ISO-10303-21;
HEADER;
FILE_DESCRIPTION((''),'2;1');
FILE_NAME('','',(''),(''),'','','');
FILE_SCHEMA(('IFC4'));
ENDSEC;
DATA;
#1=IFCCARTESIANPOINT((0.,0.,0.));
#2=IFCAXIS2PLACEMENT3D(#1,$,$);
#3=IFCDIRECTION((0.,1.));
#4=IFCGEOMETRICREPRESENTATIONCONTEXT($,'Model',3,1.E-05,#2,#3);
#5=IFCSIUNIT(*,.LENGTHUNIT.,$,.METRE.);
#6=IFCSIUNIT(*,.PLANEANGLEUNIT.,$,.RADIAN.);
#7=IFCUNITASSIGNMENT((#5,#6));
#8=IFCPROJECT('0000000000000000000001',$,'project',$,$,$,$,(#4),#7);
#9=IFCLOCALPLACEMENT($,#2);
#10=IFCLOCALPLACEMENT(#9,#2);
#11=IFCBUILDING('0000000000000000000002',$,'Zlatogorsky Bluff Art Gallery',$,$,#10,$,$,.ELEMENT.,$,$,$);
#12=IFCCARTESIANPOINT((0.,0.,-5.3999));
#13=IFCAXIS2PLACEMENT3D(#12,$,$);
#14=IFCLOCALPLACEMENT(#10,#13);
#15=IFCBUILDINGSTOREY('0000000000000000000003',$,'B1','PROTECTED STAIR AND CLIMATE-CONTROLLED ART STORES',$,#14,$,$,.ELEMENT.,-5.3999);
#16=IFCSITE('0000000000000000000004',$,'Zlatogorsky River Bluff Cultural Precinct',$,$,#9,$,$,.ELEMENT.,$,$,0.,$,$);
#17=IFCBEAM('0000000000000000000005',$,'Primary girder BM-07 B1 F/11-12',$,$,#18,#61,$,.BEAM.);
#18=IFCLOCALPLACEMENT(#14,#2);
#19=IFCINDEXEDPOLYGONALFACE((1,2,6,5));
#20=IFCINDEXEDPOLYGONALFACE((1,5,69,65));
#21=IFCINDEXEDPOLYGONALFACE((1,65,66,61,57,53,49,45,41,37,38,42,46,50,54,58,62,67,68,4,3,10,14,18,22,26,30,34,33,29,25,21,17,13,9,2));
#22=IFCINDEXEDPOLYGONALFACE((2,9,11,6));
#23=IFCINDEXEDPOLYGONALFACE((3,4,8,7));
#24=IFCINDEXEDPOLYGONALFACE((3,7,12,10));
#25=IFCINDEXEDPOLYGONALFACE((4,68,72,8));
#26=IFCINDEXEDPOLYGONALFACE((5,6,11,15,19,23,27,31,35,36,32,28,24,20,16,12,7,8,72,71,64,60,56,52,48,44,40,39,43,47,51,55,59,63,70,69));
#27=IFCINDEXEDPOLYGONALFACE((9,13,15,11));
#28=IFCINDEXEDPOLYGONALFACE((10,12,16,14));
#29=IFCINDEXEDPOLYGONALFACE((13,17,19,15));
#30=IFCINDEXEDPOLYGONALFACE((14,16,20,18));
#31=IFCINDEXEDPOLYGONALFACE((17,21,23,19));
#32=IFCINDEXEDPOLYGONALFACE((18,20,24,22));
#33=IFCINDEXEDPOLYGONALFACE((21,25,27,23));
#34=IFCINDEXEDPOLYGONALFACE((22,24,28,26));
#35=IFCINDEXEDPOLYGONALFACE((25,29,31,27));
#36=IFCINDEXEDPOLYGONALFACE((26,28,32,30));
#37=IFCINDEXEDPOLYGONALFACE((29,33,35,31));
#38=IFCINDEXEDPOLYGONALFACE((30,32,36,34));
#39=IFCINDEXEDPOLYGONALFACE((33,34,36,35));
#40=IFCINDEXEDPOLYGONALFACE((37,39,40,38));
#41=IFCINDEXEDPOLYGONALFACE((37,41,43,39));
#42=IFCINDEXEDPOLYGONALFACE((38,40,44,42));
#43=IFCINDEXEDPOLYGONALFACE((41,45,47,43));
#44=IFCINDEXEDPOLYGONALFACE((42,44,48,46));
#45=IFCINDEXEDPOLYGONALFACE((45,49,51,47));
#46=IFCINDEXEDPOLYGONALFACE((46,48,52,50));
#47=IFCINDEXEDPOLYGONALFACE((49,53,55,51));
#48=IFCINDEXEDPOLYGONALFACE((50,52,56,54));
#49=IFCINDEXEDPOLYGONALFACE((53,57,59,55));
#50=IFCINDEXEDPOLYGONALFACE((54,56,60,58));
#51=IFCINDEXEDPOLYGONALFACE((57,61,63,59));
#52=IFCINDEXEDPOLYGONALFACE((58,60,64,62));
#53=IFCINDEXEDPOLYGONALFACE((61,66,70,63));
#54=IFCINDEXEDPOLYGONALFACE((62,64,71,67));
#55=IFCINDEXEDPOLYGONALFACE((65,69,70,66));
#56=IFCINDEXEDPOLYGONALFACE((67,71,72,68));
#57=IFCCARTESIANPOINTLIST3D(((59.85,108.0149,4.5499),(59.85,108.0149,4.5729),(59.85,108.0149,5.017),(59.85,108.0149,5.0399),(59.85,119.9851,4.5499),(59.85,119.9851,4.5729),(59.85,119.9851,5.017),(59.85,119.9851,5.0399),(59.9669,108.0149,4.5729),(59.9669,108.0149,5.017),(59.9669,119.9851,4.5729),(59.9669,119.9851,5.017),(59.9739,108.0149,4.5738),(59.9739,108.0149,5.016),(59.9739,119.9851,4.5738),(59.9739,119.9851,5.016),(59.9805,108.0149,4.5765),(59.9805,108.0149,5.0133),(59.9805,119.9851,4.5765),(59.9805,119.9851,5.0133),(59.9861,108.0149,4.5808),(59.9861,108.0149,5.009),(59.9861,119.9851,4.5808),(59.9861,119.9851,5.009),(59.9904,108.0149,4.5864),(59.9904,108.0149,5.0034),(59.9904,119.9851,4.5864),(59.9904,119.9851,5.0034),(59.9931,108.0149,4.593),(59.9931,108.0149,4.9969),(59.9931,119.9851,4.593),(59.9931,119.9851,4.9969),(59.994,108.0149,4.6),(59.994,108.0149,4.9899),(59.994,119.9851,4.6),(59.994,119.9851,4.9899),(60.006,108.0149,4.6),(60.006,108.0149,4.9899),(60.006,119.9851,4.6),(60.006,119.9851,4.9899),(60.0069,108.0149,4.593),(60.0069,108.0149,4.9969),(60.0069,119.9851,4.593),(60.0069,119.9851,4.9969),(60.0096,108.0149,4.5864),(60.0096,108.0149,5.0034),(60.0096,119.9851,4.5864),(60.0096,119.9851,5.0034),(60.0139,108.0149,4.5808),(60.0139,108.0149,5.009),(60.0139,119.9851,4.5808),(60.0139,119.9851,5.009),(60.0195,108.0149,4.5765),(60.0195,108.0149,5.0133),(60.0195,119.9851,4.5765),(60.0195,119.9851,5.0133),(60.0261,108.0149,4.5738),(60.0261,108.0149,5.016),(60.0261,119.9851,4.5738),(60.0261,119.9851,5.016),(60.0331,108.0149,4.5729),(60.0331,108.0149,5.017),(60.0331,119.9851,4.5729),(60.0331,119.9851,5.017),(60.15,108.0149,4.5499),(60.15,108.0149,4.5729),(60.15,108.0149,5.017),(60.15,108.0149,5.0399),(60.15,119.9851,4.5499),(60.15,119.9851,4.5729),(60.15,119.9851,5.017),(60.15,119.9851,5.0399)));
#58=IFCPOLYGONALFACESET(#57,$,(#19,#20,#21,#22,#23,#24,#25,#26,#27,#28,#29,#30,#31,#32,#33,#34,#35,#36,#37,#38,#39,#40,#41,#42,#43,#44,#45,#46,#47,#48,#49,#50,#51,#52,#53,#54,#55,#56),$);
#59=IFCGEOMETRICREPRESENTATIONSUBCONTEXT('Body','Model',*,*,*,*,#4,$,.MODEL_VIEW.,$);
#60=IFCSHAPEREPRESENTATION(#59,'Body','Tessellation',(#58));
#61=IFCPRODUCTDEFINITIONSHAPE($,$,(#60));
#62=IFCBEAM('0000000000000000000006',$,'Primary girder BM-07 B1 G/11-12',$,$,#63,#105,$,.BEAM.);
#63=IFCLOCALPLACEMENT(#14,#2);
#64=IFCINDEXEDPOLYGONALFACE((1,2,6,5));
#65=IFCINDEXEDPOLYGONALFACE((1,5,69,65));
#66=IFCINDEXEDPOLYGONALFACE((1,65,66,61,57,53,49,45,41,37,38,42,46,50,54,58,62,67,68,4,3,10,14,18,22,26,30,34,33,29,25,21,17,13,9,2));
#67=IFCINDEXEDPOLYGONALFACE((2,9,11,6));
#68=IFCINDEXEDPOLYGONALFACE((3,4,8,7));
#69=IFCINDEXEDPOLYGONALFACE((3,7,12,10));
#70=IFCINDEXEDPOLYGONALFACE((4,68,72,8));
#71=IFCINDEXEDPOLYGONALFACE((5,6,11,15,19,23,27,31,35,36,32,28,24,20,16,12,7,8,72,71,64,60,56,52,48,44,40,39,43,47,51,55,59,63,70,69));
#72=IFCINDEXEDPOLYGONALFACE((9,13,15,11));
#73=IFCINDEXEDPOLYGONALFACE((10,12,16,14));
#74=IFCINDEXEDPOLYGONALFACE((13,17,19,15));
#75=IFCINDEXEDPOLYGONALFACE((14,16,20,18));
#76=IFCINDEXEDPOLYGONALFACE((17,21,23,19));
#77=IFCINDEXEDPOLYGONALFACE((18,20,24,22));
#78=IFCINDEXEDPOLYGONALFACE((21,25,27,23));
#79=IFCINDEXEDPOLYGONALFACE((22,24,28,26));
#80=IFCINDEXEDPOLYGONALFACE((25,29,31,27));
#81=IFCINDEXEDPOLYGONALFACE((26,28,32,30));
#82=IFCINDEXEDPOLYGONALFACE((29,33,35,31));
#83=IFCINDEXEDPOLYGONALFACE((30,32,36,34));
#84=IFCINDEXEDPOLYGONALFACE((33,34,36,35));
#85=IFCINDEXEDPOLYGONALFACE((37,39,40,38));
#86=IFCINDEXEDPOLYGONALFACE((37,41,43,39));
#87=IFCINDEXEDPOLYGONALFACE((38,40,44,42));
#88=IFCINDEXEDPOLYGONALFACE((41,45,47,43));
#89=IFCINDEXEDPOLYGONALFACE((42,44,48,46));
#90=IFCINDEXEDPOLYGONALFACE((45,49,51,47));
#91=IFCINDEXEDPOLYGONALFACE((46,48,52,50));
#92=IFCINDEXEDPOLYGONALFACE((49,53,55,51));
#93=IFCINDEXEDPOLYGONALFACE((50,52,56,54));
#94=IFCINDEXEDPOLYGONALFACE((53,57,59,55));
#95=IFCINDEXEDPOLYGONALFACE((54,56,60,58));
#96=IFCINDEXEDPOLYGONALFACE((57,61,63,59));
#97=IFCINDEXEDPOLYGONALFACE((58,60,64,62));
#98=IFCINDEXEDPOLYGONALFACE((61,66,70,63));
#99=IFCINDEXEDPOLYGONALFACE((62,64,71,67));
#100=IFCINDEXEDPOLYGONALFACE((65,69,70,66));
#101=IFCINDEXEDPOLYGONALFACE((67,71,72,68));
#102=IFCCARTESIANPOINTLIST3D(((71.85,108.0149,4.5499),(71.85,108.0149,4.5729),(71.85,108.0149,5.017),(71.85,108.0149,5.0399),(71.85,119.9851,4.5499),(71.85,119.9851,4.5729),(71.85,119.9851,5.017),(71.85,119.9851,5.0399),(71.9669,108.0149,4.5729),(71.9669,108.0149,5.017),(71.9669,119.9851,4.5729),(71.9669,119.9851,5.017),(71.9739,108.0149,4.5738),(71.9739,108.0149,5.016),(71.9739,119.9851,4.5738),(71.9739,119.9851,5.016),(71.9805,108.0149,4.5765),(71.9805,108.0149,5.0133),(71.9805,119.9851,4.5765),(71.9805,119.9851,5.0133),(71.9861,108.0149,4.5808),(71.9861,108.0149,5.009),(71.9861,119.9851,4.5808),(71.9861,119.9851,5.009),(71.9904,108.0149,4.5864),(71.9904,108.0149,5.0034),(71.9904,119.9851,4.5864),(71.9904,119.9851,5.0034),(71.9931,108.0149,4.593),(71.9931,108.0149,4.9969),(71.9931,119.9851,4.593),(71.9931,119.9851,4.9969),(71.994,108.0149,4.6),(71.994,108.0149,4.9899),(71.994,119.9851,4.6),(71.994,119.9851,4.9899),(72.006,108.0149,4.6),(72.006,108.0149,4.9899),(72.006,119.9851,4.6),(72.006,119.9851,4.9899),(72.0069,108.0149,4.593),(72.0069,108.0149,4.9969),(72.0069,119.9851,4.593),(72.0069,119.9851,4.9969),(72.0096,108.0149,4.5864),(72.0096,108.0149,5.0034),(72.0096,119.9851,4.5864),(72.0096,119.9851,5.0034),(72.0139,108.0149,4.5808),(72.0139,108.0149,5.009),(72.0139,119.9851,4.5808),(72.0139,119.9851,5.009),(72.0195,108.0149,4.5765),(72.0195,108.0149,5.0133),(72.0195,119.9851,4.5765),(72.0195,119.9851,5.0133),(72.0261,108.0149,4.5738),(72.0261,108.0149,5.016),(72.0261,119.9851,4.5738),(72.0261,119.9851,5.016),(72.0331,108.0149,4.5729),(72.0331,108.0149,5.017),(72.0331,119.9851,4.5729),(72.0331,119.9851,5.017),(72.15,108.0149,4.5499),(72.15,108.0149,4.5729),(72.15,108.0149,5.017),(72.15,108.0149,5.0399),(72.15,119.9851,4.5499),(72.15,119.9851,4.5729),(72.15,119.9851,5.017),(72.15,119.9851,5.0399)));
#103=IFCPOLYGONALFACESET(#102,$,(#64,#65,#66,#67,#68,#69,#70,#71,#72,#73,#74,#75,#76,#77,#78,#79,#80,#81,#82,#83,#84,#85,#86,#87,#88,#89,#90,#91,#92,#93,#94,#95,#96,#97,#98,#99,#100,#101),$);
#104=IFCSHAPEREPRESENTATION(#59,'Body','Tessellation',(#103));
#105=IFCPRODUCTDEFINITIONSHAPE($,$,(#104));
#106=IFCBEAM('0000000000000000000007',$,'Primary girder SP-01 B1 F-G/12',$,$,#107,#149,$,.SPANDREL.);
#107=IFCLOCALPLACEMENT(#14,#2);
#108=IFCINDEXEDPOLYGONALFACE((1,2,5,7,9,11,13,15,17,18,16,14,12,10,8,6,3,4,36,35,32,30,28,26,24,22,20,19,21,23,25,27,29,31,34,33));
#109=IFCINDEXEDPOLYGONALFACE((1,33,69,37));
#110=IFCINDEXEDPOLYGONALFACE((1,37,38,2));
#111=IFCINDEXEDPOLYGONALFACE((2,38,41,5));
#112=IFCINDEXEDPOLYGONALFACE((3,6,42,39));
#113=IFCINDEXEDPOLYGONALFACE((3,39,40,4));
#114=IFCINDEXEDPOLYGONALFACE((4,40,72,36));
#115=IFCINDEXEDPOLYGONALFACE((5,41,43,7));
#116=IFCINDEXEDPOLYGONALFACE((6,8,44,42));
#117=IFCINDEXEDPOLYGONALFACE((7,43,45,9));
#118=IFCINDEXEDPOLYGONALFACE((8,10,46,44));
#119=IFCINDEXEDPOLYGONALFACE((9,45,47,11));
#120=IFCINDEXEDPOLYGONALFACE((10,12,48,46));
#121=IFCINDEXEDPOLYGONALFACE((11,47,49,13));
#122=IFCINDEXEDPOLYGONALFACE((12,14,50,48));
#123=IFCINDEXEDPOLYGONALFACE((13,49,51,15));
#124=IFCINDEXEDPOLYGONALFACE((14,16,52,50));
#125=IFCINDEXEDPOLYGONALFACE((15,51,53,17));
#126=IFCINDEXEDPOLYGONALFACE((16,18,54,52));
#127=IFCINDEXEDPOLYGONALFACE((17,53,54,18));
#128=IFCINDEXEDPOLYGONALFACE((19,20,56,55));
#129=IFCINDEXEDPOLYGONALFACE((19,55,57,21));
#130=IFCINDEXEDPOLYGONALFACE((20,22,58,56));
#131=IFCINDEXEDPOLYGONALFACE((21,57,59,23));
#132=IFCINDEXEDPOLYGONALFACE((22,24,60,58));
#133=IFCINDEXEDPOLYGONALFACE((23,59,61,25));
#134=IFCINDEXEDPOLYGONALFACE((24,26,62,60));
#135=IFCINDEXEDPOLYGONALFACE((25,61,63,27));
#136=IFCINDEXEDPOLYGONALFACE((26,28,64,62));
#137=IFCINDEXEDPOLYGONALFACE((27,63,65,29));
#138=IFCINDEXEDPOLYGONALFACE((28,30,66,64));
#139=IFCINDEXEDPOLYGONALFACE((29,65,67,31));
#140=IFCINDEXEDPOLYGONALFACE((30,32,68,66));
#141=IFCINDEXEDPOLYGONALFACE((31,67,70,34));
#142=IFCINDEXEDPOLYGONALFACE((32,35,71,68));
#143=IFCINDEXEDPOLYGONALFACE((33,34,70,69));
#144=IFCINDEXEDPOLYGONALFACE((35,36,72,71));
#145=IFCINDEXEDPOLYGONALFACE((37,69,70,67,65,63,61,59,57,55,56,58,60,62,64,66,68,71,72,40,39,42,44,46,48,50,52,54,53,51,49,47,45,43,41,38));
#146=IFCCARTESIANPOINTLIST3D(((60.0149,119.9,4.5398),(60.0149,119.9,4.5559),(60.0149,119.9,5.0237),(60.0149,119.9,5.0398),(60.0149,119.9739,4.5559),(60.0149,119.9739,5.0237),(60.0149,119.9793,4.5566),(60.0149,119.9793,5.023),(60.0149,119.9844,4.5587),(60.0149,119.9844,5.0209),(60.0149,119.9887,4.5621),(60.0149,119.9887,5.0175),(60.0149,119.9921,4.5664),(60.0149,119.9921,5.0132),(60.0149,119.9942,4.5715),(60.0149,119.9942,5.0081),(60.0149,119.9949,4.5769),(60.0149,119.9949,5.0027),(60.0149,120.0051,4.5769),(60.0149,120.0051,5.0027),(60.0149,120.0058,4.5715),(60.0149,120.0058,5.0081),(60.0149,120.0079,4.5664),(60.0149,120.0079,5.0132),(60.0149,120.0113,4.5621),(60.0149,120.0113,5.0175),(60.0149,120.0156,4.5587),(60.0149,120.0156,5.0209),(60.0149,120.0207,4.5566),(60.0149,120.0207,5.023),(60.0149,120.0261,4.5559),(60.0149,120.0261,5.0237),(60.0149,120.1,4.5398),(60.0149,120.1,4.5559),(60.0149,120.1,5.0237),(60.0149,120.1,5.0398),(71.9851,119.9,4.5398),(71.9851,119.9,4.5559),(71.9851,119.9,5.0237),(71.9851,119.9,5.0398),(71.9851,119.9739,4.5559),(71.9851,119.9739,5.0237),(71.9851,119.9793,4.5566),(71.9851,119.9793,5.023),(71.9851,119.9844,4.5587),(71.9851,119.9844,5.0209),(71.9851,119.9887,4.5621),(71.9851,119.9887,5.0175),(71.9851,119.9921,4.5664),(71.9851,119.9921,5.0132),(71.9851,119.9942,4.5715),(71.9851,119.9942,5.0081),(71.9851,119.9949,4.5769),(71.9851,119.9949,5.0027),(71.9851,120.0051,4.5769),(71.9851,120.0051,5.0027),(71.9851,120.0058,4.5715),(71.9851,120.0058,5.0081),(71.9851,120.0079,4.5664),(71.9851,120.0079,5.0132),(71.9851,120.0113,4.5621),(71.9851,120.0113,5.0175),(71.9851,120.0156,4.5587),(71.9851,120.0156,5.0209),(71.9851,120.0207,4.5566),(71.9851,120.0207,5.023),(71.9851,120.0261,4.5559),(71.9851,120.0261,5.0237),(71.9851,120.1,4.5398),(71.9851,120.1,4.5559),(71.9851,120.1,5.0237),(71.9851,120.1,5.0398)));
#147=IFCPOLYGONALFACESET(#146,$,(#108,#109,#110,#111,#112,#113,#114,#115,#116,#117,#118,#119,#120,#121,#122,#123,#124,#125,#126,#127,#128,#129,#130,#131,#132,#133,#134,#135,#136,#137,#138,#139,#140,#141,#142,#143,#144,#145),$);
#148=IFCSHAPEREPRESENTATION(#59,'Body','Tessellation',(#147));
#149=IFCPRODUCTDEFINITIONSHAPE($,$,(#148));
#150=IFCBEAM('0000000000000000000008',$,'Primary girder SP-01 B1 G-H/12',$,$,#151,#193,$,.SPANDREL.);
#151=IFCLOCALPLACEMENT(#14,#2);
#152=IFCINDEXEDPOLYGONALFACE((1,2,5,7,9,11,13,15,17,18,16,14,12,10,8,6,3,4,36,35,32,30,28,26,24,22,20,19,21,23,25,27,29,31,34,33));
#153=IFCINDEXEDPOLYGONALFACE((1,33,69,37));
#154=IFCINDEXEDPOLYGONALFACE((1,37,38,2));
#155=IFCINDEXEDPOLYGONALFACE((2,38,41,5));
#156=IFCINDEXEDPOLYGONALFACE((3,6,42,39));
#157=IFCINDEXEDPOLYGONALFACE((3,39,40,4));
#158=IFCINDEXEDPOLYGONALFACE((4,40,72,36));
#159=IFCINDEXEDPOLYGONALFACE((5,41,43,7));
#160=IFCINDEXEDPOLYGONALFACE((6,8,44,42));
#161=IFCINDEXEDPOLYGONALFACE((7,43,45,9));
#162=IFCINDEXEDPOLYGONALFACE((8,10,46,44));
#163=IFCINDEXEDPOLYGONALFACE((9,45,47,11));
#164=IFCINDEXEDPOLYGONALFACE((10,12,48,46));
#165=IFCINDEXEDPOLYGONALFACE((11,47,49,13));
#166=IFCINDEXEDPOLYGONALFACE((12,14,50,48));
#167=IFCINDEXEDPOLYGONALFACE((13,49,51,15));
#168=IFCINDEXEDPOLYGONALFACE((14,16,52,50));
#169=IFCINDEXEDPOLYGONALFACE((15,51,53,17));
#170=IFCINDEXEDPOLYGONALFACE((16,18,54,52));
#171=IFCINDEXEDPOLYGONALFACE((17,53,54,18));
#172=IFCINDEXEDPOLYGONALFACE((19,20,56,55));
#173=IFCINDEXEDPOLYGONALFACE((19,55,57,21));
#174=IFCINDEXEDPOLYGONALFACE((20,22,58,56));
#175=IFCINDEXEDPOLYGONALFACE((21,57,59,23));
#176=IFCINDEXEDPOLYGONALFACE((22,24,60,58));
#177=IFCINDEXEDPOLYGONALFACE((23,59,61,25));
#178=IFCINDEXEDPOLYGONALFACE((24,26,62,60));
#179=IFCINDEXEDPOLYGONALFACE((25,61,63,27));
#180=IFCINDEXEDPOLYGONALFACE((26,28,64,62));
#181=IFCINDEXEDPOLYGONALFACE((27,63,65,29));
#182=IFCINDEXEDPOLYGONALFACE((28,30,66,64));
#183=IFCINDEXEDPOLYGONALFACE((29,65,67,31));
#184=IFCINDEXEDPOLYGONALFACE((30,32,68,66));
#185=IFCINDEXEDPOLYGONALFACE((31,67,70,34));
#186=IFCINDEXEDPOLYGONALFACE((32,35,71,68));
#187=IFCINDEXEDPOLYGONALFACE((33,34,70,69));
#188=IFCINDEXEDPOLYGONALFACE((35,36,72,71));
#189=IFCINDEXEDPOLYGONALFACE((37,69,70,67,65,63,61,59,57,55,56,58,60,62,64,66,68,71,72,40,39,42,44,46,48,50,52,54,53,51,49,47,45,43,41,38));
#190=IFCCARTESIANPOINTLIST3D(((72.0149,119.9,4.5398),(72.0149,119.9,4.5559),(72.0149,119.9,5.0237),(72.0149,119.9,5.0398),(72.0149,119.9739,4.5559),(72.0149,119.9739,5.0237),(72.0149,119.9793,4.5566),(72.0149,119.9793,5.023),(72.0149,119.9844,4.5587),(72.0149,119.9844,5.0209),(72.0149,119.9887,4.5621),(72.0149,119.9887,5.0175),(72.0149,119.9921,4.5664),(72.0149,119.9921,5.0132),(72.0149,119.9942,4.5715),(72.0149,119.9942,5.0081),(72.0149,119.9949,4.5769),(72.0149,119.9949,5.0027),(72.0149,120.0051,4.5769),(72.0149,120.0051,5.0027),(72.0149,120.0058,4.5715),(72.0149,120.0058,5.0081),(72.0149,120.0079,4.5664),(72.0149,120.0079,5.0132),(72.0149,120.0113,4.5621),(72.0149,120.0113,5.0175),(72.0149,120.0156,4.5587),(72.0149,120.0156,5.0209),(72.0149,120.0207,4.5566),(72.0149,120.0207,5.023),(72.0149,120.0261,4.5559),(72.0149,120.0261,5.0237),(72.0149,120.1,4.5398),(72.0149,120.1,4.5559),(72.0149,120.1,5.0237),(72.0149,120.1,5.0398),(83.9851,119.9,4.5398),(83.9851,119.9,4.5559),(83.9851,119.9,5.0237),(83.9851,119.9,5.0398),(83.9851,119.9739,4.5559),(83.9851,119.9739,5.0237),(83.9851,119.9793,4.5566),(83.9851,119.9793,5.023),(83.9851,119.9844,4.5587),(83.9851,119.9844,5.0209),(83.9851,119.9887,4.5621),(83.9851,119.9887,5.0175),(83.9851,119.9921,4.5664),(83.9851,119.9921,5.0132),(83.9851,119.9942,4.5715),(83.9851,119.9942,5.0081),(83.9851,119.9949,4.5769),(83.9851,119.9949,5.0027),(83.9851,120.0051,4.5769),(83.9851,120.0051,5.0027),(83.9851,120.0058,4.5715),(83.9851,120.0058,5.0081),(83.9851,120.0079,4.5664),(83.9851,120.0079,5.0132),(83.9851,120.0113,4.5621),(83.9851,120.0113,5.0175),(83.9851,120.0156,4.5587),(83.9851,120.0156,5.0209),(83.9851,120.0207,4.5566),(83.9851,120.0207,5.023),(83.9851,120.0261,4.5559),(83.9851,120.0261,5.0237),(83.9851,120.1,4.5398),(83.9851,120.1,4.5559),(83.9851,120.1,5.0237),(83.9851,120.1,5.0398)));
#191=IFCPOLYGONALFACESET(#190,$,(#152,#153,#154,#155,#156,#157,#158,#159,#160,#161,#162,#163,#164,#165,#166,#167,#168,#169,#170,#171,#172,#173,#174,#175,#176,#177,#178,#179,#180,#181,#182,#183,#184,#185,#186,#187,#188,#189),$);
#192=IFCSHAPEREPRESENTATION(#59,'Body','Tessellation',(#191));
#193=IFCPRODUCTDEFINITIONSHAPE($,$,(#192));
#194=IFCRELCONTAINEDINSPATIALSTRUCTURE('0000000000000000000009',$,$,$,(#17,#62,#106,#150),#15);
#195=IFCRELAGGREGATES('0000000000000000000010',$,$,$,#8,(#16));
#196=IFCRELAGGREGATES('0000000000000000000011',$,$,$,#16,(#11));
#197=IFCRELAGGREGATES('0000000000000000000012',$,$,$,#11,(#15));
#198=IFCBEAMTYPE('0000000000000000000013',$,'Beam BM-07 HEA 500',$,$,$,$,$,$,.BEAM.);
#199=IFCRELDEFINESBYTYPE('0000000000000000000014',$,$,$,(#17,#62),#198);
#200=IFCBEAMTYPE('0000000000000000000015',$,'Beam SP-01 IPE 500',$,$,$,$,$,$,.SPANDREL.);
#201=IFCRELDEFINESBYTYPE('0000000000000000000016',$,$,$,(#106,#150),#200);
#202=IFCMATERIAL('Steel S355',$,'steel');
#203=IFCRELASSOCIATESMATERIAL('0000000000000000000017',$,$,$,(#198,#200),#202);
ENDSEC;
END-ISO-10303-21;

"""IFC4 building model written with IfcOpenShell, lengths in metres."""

from ifc_helpers import new_model, si_unit, direction, frame, origin, origin_2d, place, context, subcontext, project, spatial, i_section, extrude, material, material_profile, profile_set, type_object, element, save


model = new_model("IFC4")

# Units and contexts
model_context = context("Model", 3, precision=1e-05, world=origin(), true_north=direction((0.0, 1.0)))
body_context = subcontext(model_context, "Body", "Model", "MODEL_VIEW")
ifc_project = project(units=[si_unit("LENGTHUNIT", "METRE"), si_unit("PLANEANGLEUNIT", "RADIAN")], contexts=[model_context])

# Site, building, storey
site_placement = place(None, origin())
site = spatial("IfcSite", under=ifc_project, at=site_placement, Name="Zlatogorsky River Bluff Cultural Precinct", CompositionType="ELEMENT", RefElevation=0.0)
building_placement = place(site_placement, origin())
building = spatial("IfcBuilding", under=site, at=building_placement, Name="Zlatogorsky Bluff Art Gallery", CompositionType="ELEMENT")
storey_placement = place(building_placement, frame((0.0, 0.0, -5.3999)))
storey = spatial("IfcBuildingStorey", under=building, at=storey_placement, Name="B1", Description="PROTECTED STAIR AND CLIMATE-CONTROLLED ART STORES", CompositionType="ELEMENT", Elevation=-5.3999)

# Shared definitions
ifc_material_1 = material(Name="Steel S355", Category="steel")

# Beams
ifc_material_profile_1 = material_profile(ifc_material_1, i_section(OverallWidth=0.3, OverallDepth=0.49, WebThickness=0.012, FlangeThickness=0.0229, FilletRadius=0.0271, at=origin_2d()), Name="HEA 500")
ifc_profile_set_1 = profile_set([ifc_material_profile_1], Name="Steel S355")
beam_type_1 = type_object("IfcBeamType", Name="Beam BM-07 HEA 500", PredefinedType="BEAM", material=ifc_profile_set_1)
for number, where, z_axis, x_axis, name in (
    (1, (60.0, 108.0149, 4.7949), (0.0, 1.0, 0.0), (-1.0, 0.0, 0.0), "Primary girder BM-07 B1 F/11-12"),
    (2, (72.0, 108.0149, 4.7949), (0.0, 1.0, 0.0), (-1.0, 0.0, 0.0), "Primary girder BM-07 B1 G/11-12"),
):
    element("IfcBeam", number, at=place(storey_placement, frame(where, z_axis=z_axis, x_axis=x_axis)), inside=storey, type_object=beam_type_1, Name=name, PredefinedType="BEAM", context=body_context, shape_type="SweptSolid", body=[
        extrude(i_section(OverallWidth=0.3, OverallDepth=0.49, WebThickness=0.012, FlangeThickness=0.0229, FilletRadius=0.0271, at=origin_2d()), origin(), (0.0, 0.0, 1.0), 11.9702),
    ])
ifc_material_profile_2 = material_profile(ifc_material_1, i_section(OverallWidth=0.2, OverallDepth=0.5, WebThickness=0.0103, FlangeThickness=0.0161, FilletRadius=0.021, at=origin_2d()), Name="IPE 500")
ifc_profile_set_2 = profile_set([ifc_material_profile_2], Name="Steel S355")
beam_type_2 = type_object("IfcBeamType", Name="Beam SP-01 IPE 500", PredefinedType="SPANDREL", material=ifc_profile_set_2)
for number, where, z_axis, x_axis, name in (
    (3, (60.0149, 120.0, 4.7898), (1.0, 0.0, 0.0), (0.0, 1.0, 0.0), "Primary girder SP-01 B1 F-G/12"),
    (4, (72.0149, 120.0, 4.7898), (1.0, 0.0, 0.0), (0.0, 1.0, 0.0), "Primary girder SP-01 B1 G-H/12"),
):
    element("IfcBeam", number, at=place(storey_placement, frame(where, z_axis=z_axis, x_axis=x_axis)), inside=storey, type_object=beam_type_2, Name=name, PredefinedType="SPANDREL", context=body_context, shape_type="SweptSolid", body=[
        extrude(i_section(OverallWidth=0.2, OverallDepth=0.5, WebThickness=0.0103, FlangeThickness=0.0161, FilletRadius=0.021, at=origin_2d()), origin(), (0.0, 0.0, 1.0), 11.9702),
    ])

save(model, "model.ifc")
